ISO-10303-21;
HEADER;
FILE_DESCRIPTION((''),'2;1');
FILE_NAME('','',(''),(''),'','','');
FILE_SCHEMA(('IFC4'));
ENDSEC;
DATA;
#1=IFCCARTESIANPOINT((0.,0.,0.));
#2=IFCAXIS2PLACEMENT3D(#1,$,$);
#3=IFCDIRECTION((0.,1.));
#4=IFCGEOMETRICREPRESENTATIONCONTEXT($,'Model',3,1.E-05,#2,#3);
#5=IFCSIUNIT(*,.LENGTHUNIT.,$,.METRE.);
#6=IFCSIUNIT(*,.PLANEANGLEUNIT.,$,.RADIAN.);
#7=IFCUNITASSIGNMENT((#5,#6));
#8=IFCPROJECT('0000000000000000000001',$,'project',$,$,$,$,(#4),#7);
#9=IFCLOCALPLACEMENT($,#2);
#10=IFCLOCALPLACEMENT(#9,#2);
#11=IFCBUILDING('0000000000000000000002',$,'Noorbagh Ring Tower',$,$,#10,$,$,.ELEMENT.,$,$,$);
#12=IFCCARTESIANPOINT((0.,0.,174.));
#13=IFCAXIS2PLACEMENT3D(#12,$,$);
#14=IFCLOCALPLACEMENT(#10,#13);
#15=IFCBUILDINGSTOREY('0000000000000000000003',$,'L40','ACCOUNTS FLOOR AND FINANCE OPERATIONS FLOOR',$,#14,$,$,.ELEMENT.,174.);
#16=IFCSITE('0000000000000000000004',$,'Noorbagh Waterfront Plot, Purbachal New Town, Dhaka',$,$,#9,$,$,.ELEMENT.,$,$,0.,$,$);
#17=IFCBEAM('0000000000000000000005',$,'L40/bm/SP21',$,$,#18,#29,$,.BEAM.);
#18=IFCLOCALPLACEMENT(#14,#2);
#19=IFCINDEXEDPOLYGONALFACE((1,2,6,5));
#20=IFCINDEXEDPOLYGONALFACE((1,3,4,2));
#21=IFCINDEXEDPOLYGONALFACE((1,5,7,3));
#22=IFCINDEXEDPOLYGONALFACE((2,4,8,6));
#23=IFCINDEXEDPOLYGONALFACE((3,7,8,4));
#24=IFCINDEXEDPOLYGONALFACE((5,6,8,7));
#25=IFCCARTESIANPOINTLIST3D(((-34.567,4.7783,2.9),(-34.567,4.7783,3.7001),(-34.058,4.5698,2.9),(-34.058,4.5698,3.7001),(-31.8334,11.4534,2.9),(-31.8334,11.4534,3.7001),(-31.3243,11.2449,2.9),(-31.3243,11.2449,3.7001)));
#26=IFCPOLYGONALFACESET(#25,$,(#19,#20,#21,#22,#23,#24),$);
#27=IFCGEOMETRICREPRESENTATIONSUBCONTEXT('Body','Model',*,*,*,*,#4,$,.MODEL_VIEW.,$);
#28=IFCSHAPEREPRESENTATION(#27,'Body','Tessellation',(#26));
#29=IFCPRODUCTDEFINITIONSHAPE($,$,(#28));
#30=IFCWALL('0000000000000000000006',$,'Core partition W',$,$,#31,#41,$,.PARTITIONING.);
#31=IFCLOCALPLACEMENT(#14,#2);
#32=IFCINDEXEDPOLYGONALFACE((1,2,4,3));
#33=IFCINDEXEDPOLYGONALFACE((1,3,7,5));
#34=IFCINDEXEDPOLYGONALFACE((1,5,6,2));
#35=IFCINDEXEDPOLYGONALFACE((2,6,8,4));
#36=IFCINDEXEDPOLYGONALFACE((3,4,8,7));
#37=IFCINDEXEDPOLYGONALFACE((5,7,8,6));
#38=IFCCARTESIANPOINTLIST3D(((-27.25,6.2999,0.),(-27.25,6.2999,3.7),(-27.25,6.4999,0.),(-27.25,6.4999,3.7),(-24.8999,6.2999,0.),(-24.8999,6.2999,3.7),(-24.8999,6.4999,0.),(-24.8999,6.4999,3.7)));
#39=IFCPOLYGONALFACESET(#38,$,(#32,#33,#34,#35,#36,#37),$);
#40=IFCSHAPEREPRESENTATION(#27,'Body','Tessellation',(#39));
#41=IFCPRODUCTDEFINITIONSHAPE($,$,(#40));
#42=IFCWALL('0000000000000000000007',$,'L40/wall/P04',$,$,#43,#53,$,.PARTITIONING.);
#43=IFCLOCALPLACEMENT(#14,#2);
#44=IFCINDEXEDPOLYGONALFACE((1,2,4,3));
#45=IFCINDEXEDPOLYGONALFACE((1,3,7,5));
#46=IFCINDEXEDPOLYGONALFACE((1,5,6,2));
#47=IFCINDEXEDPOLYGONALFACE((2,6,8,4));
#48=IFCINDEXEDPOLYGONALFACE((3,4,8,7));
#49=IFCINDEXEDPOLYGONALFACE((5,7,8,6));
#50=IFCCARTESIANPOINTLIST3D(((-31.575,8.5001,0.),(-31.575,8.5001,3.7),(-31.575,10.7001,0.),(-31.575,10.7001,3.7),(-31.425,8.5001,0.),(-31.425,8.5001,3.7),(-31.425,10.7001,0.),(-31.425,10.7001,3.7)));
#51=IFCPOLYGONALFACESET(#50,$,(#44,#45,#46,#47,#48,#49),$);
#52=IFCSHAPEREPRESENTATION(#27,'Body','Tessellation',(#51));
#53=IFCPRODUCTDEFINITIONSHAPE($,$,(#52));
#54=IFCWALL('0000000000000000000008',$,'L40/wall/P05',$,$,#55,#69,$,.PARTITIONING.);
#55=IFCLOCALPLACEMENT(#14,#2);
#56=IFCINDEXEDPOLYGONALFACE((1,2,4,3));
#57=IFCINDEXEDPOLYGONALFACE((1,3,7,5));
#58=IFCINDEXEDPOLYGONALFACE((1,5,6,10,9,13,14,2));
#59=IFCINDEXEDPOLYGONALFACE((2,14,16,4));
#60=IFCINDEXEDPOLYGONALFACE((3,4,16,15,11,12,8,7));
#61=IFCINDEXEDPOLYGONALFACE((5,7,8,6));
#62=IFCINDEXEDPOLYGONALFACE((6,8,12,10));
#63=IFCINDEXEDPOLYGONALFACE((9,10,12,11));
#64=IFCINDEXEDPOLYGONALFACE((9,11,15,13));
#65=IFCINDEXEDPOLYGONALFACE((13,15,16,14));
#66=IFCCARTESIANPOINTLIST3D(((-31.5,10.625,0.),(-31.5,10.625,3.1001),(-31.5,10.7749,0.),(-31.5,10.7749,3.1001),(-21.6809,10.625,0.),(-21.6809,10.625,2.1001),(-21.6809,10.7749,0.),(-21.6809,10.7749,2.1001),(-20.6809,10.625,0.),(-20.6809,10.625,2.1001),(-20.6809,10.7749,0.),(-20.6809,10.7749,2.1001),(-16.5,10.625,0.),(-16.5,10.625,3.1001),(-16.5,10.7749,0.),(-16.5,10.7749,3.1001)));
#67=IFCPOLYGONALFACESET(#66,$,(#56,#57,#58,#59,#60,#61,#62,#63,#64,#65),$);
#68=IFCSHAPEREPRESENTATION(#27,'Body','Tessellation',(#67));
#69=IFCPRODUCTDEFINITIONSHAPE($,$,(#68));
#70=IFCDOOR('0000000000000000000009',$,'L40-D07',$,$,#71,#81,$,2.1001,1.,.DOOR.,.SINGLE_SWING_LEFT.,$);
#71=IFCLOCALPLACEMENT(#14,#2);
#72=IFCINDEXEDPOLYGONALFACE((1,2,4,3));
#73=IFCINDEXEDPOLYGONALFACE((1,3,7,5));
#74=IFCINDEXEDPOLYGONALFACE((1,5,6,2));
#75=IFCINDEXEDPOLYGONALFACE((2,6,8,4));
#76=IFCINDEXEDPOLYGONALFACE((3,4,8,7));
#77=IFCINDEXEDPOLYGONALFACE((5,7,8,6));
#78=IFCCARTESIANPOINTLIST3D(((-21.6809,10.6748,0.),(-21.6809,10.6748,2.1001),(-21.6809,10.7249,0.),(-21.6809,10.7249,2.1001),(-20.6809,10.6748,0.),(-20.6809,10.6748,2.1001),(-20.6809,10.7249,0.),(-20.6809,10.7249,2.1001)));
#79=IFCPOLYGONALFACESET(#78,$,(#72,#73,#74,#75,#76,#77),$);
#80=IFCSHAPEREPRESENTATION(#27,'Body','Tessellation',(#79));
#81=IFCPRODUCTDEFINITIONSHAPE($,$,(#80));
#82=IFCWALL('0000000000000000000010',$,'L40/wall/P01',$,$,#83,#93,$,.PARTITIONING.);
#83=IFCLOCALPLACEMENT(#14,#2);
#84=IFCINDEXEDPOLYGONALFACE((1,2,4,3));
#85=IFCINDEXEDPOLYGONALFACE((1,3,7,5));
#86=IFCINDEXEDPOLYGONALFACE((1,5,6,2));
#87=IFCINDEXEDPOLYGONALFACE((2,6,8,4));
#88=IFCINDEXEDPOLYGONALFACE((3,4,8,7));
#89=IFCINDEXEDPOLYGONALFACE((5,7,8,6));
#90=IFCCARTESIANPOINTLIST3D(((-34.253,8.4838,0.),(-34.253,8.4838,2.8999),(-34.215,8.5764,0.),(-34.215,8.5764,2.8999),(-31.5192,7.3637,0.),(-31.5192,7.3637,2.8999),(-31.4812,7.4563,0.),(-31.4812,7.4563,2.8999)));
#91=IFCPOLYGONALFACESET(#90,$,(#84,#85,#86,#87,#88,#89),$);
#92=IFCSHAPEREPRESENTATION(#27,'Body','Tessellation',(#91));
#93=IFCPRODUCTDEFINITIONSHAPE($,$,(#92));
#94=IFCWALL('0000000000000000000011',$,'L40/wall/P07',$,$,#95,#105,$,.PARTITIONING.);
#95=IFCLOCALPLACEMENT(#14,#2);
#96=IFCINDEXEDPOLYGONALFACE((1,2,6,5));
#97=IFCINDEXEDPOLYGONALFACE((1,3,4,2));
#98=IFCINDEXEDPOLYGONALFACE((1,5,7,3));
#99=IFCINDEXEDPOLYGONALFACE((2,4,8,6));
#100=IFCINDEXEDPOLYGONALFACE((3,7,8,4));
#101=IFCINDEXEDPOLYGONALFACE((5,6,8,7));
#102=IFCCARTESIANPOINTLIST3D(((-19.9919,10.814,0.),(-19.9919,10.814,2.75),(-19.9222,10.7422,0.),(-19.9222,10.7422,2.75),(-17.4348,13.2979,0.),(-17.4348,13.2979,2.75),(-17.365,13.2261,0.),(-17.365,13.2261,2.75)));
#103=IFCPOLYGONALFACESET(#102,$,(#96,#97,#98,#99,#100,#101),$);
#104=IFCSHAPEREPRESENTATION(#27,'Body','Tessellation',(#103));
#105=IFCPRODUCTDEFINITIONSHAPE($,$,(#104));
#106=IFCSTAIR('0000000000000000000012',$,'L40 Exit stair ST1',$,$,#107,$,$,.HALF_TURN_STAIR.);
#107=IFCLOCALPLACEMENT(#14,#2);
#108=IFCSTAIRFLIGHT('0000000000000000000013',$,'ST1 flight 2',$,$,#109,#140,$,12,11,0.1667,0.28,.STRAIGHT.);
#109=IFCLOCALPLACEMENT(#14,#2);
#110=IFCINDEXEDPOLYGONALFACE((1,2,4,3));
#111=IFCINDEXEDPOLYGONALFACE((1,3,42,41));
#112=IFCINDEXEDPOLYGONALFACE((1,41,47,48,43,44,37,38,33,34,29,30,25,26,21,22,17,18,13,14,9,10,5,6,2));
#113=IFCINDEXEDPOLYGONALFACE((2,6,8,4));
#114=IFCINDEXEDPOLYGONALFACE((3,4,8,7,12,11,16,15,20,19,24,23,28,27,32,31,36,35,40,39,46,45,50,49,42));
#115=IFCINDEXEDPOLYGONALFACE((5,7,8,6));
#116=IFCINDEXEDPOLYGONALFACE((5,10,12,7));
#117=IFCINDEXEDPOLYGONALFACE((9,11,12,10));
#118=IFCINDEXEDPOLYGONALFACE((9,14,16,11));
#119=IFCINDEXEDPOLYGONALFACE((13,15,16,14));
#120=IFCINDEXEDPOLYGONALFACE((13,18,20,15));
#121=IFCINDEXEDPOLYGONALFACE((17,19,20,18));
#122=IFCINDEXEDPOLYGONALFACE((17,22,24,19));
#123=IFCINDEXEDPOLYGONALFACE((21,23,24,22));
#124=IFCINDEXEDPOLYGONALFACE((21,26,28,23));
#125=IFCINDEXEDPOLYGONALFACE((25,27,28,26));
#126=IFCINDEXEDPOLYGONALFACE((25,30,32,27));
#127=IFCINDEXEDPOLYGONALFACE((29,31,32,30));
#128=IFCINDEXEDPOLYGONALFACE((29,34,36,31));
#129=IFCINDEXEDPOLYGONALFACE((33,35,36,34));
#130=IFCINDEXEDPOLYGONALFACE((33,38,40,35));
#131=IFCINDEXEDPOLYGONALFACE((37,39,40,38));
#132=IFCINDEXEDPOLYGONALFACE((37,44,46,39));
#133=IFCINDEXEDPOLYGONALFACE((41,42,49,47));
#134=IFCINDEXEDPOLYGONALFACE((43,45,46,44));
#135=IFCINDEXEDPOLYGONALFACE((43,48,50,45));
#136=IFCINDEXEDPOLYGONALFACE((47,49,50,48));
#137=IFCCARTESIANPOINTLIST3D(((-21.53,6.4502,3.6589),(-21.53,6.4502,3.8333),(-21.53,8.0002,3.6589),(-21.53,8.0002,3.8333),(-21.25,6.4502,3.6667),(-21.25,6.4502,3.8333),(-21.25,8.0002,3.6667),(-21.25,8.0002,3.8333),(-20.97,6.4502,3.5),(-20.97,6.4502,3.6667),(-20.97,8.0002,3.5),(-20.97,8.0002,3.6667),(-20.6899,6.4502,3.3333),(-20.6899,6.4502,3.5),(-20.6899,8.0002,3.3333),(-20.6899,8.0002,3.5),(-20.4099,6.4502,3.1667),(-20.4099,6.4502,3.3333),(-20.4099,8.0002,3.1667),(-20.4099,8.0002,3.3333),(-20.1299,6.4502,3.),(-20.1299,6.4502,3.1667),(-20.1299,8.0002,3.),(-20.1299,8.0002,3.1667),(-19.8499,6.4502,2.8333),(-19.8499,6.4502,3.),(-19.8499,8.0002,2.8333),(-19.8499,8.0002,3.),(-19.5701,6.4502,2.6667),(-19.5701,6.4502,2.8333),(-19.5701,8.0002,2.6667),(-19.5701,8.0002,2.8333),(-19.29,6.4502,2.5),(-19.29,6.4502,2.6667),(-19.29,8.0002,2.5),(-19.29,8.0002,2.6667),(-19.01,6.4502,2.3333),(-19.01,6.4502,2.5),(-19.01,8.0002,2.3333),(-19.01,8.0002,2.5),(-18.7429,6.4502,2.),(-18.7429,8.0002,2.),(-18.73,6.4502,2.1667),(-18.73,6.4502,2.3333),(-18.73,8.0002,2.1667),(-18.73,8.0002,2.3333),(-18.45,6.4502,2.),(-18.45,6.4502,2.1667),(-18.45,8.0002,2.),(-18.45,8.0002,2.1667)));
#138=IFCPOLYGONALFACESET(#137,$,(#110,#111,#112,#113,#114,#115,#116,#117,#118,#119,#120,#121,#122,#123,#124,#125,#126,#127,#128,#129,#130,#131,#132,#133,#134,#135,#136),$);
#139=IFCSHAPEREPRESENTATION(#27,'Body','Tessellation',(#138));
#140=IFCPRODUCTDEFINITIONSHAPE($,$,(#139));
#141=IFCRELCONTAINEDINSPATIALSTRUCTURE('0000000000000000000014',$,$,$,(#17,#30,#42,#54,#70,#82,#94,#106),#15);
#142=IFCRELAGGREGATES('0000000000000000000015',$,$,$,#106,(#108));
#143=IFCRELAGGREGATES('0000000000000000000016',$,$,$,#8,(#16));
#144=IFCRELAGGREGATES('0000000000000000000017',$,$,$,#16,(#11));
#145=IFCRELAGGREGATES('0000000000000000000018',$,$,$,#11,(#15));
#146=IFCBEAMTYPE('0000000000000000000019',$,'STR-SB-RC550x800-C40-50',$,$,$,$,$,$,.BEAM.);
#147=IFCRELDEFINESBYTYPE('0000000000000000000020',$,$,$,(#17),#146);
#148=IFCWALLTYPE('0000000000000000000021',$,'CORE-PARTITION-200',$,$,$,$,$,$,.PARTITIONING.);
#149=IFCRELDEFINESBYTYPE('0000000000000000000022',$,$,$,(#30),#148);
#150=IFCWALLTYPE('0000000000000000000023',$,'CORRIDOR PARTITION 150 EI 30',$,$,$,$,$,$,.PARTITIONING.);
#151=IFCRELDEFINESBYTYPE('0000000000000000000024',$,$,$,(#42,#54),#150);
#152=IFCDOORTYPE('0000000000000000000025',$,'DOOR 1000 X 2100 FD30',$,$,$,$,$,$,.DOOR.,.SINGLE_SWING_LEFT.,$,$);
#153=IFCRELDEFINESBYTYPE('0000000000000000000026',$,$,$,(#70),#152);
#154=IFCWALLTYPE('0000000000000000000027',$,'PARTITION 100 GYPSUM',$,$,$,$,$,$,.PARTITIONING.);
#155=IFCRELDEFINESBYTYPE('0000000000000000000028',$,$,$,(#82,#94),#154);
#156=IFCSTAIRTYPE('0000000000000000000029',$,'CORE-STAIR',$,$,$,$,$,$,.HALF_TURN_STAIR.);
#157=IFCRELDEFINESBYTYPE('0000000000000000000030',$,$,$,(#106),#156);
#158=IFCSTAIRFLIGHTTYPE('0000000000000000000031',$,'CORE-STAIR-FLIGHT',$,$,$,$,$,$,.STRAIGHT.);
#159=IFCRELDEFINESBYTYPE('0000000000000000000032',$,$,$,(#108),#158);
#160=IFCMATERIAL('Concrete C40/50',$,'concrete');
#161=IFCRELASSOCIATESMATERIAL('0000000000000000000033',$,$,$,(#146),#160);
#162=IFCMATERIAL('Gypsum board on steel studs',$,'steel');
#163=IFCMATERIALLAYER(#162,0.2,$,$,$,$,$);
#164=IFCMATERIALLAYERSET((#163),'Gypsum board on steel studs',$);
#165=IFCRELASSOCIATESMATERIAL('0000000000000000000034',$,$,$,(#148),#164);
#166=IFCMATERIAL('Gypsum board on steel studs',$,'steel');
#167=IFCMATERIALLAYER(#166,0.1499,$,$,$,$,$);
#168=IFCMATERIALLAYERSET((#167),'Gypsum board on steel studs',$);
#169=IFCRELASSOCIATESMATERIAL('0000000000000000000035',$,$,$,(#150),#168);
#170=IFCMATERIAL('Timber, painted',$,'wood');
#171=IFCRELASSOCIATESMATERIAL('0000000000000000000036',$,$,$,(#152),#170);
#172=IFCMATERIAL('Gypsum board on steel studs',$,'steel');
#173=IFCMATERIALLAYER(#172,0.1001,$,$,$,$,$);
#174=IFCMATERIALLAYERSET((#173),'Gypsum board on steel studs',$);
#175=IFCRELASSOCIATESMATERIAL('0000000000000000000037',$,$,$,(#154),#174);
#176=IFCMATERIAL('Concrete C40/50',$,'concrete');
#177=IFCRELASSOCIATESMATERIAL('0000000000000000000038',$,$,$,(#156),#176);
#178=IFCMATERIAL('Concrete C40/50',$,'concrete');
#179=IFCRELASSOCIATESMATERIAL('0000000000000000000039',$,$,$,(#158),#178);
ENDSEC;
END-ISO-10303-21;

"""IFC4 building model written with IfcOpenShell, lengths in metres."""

from ifc_helpers import new_model, si_unit, direction, frame, frame_2d, origin, origin_2d, place, context, subcontext, project, spatial, polyline, rectangle, outline, extrude, material, layer, layer_set, material_profile, profile_set, type_object, element, fill, aggregate, save


model = new_model("IFC4")

# Units and contexts
model_context = context("Model", 3, precision=1e-05, world=origin(), true_north=direction((0.0, 1.0)))
body_context = subcontext(model_context, "Body", "Model", "MODEL_VIEW")
ifc_project = project(units=[si_unit("LENGTHUNIT", "METRE"), si_unit("PLANEANGLEUNIT", "RADIAN")], contexts=[model_context])

# Site, building, storey
site_placement = place(None, origin())
site = spatial("IfcSite", under=ifc_project, at=site_placement, Name="Noorbagh Waterfront Plot, Purbachal New Town, Dhaka", CompositionType="ELEMENT", RefElevation=0.0)
building_placement = place(site_placement, origin())
building = spatial("IfcBuilding", under=site, at=building_placement, Name="Noorbagh Ring Tower", CompositionType="ELEMENT")
storey_placement = place(building_placement, frame((0.0, 0.0, 174.0)))
storey = spatial("IfcBuildingStorey", under=building, at=storey_placement, Name="L40", Description="ACCOUNTS FLOOR AND FINANCE OPERATIONS FLOOR", CompositionType="ELEMENT", Elevation=174.0)

# Beam
ifc_material_1 = material(Name="Concrete C40/50", Category="concrete")
ifc_material_profile_1 = material_profile(ifc_material_1, rectangle(XDim=0.55, YDim=0.8, at=origin_2d()), Name="RC550x800")
ifc_profile_set_1 = profile_set([ifc_material_profile_1], Name="Concrete C40/50")
beam_type_1 = type_object("IfcBeamType", Name="STR-SB-RC550x800-C40-50", PredefinedType="BEAM", material=ifc_profile_set_1)
beam_1_placement = place(storey_placement, frame((-31.5789, 11.3491, 3.3), z_axis=(-0.378982, -0.925404, 0.0), x_axis=(0.925404, -0.378982, 0.0)))
element("IfcBeam", 1, at=beam_1_placement, inside=storey, type_object=beam_type_1, Name="L40/bm/SP21", PredefinedType="BEAM", context=body_context, shape_type="SweptSolid", body=[
    extrude(rectangle(XDim=0.55, YDim=0.8, at=origin_2d()), origin(), (0.0, 0.0, 1.0), 7.2131),
])

# Walls
ifc_material_2 = material(Name="Gypsum board on steel studs", Category="steel")
ifc_layer_1 = layer(ifc_material_2, 0.2)
ifc_layer_set_1 = layer_set([ifc_layer_1], Name="Gypsum board on steel studs")
wall_type_1 = type_object("IfcWallType", Name="CORE-PARTITION-200", PredefinedType="PARTITIONING", material=ifc_layer_set_1)
wall_1_placement = place(storey_placement, frame((-24.8999, 6.3999, 0.0), z_axis=(0.0, 0.0, 1.0), x_axis=(-1.0, 0.0, 0.0)))
element("IfcWall", 2, at=wall_1_placement, inside=storey, type_object=wall_type_1, Name="Core partition W", PredefinedType="PARTITIONING", context=body_context, shape_type="SweptSolid", body=[
    extrude(rectangle(XDim=2.3501, YDim=0.2, at=frame_2d((1.175, 0.0))), origin(), (0.0, 0.0, 1.0), 3.7),
])
ifc_material_3 = material(Name="Gypsum board on steel studs", Category="steel")
ifc_layer_2 = layer(ifc_material_3, 0.1499)
ifc_layer_set_2 = layer_set([ifc_layer_2], Name="Gypsum board on steel studs")
wall_type_2 = type_object("IfcWallType", Name="CORRIDOR PARTITION 150 EI 30", PredefinedType="PARTITIONING", material=ifc_layer_set_2)
wall_2_placement = place(storey_placement, frame((-31.5, 8.5, 0.0), z_axis=(0.0, 0.0, 1.0), x_axis=(0.0, 1.0, 0.0)))
element("IfcWall", 3, at=wall_2_placement, inside=storey, type_object=wall_type_2, Name="L40/wall/P04", PredefinedType="PARTITIONING", context=body_context, shape_type="SweptSolid", body=[
    extrude(rectangle(XDim=2.2, YDim=0.1499, at=frame_2d((1.1001, 0.0))), origin(), (0.0, 0.0, 1.0), 3.7),
])

# Wall, opening, door
wall_3_placement = place(storey_placement, frame((-31.5, 10.7, 0.0), z_axis=(0.0, 0.0, 1.0), x_axis=(1.0, 0.0, 0.0)))
wall_3 = element("IfcWall", 4, at=wall_3_placement, inside=storey, type_object=wall_type_2, Name="L40/wall/P05", PredefinedType="PARTITIONING", context=body_context, shape_type="SweptSolid", body=[
    extrude(rectangle(XDim=15.0, YDim=0.1499, at=frame_2d((7.5, 0.0))), origin(), (0.0, 0.0, 1.0), 3.1001),
])
opening_placement = place(wall_3_placement, frame((9.8191, 0.0, 0.0)))
opening = element("IfcOpeningElement", 5, at=opening_placement, cuts=wall_3, PredefinedType="OPENING", context=body_context, shape_type="SweptSolid", body=[
    extrude(rectangle(XDim=1.0, YDim=2.1001, at=frame_2d((0.5, 1.05))), frame((0.0, 0.085, 0.0), z_axis=(0.0, -1.0, 0.0), x_axis=(1.0, 0.0, 0.0)), (0.0, 0.0, 1.0), 0.1699),
])
ifc_material_4 = material(Name="Timber, painted", Category="wood")
door_type = type_object("IfcDoorType", Name="DOOR 1000 X 2100 FD30", OperationType="SINGLE_SWING_LEFT", PredefinedType="DOOR", material=ifc_material_4)
door_placement = place(opening_placement, origin())
door = element("IfcDoor", 6, at=door_placement, inside=storey, type_object=door_type, Name="L40-D07", OperationType="SINGLE_SWING_LEFT", OverallHeight=2.1001, OverallWidth=1.0, PredefinedType="DOOR", context=body_context, shape_type="SweptSolid", body=[
    extrude(rectangle(XDim=1.0, YDim=2.1001, at=frame_2d((0.5, 1.05))), frame((0.0, 0.0249, 0.0), z_axis=(0.0, -1.0, 0.0), x_axis=(1.0, 0.0, 0.0)), (0.0, 0.0, 1.0), 0.05),
])
fill(opening, door)

# Walls
ifc_material_5 = material(Name="Gypsum board on steel studs", Category="steel")
ifc_layer_3 = layer(ifc_material_5, 0.1001)
ifc_layer_set_3 = layer_set([ifc_layer_3], Name="Gypsum board on steel studs")
wall_type_3 = type_object("IfcWallType", Name="PARTITION 100 GYPSUM", PredefinedType="PARTITIONING", material=ifc_layer_set_3)
wall_4_placement = place(storey_placement, frame((-34.2339, 8.53, 0.0), z_axis=(0.0, 0.0, 1.0), x_axis=(0.925344, -0.379128, 0.0)))
element("IfcWall", 7, at=wall_4_placement, inside=storey, type_object=wall_type_3, Name="L40/wall/P01", PredefinedType="PARTITIONING", context=body_context, shape_type="SweptSolid", body=[
    extrude(rectangle(XDim=2.9543, YDim=0.1001, at=frame_2d((1.4771, 0.0))), origin(), (0.0, 0.0, 1.0), 2.8999),
])
wall_5_placement = place(storey_placement, frame((-19.957, 10.7781, 0.0), z_axis=(0.0, 0.0, 1.0), x_axis=(0.717305, 0.69676, 0.0)))
element("IfcWall", 8, at=wall_5_placement, inside=storey, type_object=wall_type_3, Name="L40/wall/P07", PredefinedType="PARTITIONING", context=body_context, shape_type="SweptSolid", body=[
    extrude(rectangle(XDim=3.5649, YDim=0.1001, at=frame_2d((1.7825, 0.0))), origin(), (0.0, 0.0, 1.0), 2.75),
])

# Stair, stair flight
ifc_material_6 = material(Name="Concrete C40/50", Category="concrete")
stair_type = type_object("IfcStairType", Name="CORE-STAIR", PredefinedType="HALF_TURN_STAIR", material=ifc_material_6)
stair_placement = place(storey_placement, origin())
stair = element("IfcStair", 9, at=stair_placement, inside=storey, type_object=stair_type, Name="L40 Exit stair ST1", PredefinedType="HALF_TURN_STAIR")
ifc_material_7 = material(Name="Concrete C40/50", Category="concrete")
stair_flight_type = type_object("IfcStairFlightType", Name="CORE-STAIR-FLIGHT", PredefinedType="STRAIGHT", material=ifc_material_7)
stair_flight_placement = place(storey_placement, frame((-18.45, 7.2251, 2.0), z_axis=(0.0, 0.0, 1.0), x_axis=(-1.0, 0.0, 0.0)))
stair_flight = element("IfcStairFlight", 10, at=stair_flight_placement, type_object=stair_flight_type, Name="ST1 flight 2", NumberOfRisers=12, NumberOfTreads=11, PredefinedType="STRAIGHT", RiserHeight=0.1667, TreadLength=0.28, context=body_context, shape_type="SweptSolid", body=[
    extrude(outline(polyline([(0.0, 0.0), (0.0, 0.1667), (0.28, 0.1667), (0.28, 0.3333), (0.5601, 0.3333), (0.5601, 0.5), (0.8401, 0.5), (0.8401, 0.6667), (1.1201, 0.6667), (1.1201, 0.8333), (1.3999, 0.8333), (1.3999, 1.0), (1.6799, 1.0), (1.6799, 1.1667), (1.96, 1.1667), (1.96, 1.3333), (2.24, 1.3333), (2.24, 1.5), (2.52, 1.5), (2.52, 1.6667), (2.8, 1.6667), (2.8, 1.8333), (3.0801, 1.8333), (3.0801, 2.0), (3.0801, 1.6589), (0.293, 0.0), (0.0, 0.0)])), frame((0.0, 0.7749, 0.0), z_axis=(0.0, -1.0, 0.0), x_axis=(1.0, 0.0, 0.0)), (0.0, 0.0, 1.0), 1.55),
])
aggregate(stair, [stair_flight])

save(model, "model.ifc")
